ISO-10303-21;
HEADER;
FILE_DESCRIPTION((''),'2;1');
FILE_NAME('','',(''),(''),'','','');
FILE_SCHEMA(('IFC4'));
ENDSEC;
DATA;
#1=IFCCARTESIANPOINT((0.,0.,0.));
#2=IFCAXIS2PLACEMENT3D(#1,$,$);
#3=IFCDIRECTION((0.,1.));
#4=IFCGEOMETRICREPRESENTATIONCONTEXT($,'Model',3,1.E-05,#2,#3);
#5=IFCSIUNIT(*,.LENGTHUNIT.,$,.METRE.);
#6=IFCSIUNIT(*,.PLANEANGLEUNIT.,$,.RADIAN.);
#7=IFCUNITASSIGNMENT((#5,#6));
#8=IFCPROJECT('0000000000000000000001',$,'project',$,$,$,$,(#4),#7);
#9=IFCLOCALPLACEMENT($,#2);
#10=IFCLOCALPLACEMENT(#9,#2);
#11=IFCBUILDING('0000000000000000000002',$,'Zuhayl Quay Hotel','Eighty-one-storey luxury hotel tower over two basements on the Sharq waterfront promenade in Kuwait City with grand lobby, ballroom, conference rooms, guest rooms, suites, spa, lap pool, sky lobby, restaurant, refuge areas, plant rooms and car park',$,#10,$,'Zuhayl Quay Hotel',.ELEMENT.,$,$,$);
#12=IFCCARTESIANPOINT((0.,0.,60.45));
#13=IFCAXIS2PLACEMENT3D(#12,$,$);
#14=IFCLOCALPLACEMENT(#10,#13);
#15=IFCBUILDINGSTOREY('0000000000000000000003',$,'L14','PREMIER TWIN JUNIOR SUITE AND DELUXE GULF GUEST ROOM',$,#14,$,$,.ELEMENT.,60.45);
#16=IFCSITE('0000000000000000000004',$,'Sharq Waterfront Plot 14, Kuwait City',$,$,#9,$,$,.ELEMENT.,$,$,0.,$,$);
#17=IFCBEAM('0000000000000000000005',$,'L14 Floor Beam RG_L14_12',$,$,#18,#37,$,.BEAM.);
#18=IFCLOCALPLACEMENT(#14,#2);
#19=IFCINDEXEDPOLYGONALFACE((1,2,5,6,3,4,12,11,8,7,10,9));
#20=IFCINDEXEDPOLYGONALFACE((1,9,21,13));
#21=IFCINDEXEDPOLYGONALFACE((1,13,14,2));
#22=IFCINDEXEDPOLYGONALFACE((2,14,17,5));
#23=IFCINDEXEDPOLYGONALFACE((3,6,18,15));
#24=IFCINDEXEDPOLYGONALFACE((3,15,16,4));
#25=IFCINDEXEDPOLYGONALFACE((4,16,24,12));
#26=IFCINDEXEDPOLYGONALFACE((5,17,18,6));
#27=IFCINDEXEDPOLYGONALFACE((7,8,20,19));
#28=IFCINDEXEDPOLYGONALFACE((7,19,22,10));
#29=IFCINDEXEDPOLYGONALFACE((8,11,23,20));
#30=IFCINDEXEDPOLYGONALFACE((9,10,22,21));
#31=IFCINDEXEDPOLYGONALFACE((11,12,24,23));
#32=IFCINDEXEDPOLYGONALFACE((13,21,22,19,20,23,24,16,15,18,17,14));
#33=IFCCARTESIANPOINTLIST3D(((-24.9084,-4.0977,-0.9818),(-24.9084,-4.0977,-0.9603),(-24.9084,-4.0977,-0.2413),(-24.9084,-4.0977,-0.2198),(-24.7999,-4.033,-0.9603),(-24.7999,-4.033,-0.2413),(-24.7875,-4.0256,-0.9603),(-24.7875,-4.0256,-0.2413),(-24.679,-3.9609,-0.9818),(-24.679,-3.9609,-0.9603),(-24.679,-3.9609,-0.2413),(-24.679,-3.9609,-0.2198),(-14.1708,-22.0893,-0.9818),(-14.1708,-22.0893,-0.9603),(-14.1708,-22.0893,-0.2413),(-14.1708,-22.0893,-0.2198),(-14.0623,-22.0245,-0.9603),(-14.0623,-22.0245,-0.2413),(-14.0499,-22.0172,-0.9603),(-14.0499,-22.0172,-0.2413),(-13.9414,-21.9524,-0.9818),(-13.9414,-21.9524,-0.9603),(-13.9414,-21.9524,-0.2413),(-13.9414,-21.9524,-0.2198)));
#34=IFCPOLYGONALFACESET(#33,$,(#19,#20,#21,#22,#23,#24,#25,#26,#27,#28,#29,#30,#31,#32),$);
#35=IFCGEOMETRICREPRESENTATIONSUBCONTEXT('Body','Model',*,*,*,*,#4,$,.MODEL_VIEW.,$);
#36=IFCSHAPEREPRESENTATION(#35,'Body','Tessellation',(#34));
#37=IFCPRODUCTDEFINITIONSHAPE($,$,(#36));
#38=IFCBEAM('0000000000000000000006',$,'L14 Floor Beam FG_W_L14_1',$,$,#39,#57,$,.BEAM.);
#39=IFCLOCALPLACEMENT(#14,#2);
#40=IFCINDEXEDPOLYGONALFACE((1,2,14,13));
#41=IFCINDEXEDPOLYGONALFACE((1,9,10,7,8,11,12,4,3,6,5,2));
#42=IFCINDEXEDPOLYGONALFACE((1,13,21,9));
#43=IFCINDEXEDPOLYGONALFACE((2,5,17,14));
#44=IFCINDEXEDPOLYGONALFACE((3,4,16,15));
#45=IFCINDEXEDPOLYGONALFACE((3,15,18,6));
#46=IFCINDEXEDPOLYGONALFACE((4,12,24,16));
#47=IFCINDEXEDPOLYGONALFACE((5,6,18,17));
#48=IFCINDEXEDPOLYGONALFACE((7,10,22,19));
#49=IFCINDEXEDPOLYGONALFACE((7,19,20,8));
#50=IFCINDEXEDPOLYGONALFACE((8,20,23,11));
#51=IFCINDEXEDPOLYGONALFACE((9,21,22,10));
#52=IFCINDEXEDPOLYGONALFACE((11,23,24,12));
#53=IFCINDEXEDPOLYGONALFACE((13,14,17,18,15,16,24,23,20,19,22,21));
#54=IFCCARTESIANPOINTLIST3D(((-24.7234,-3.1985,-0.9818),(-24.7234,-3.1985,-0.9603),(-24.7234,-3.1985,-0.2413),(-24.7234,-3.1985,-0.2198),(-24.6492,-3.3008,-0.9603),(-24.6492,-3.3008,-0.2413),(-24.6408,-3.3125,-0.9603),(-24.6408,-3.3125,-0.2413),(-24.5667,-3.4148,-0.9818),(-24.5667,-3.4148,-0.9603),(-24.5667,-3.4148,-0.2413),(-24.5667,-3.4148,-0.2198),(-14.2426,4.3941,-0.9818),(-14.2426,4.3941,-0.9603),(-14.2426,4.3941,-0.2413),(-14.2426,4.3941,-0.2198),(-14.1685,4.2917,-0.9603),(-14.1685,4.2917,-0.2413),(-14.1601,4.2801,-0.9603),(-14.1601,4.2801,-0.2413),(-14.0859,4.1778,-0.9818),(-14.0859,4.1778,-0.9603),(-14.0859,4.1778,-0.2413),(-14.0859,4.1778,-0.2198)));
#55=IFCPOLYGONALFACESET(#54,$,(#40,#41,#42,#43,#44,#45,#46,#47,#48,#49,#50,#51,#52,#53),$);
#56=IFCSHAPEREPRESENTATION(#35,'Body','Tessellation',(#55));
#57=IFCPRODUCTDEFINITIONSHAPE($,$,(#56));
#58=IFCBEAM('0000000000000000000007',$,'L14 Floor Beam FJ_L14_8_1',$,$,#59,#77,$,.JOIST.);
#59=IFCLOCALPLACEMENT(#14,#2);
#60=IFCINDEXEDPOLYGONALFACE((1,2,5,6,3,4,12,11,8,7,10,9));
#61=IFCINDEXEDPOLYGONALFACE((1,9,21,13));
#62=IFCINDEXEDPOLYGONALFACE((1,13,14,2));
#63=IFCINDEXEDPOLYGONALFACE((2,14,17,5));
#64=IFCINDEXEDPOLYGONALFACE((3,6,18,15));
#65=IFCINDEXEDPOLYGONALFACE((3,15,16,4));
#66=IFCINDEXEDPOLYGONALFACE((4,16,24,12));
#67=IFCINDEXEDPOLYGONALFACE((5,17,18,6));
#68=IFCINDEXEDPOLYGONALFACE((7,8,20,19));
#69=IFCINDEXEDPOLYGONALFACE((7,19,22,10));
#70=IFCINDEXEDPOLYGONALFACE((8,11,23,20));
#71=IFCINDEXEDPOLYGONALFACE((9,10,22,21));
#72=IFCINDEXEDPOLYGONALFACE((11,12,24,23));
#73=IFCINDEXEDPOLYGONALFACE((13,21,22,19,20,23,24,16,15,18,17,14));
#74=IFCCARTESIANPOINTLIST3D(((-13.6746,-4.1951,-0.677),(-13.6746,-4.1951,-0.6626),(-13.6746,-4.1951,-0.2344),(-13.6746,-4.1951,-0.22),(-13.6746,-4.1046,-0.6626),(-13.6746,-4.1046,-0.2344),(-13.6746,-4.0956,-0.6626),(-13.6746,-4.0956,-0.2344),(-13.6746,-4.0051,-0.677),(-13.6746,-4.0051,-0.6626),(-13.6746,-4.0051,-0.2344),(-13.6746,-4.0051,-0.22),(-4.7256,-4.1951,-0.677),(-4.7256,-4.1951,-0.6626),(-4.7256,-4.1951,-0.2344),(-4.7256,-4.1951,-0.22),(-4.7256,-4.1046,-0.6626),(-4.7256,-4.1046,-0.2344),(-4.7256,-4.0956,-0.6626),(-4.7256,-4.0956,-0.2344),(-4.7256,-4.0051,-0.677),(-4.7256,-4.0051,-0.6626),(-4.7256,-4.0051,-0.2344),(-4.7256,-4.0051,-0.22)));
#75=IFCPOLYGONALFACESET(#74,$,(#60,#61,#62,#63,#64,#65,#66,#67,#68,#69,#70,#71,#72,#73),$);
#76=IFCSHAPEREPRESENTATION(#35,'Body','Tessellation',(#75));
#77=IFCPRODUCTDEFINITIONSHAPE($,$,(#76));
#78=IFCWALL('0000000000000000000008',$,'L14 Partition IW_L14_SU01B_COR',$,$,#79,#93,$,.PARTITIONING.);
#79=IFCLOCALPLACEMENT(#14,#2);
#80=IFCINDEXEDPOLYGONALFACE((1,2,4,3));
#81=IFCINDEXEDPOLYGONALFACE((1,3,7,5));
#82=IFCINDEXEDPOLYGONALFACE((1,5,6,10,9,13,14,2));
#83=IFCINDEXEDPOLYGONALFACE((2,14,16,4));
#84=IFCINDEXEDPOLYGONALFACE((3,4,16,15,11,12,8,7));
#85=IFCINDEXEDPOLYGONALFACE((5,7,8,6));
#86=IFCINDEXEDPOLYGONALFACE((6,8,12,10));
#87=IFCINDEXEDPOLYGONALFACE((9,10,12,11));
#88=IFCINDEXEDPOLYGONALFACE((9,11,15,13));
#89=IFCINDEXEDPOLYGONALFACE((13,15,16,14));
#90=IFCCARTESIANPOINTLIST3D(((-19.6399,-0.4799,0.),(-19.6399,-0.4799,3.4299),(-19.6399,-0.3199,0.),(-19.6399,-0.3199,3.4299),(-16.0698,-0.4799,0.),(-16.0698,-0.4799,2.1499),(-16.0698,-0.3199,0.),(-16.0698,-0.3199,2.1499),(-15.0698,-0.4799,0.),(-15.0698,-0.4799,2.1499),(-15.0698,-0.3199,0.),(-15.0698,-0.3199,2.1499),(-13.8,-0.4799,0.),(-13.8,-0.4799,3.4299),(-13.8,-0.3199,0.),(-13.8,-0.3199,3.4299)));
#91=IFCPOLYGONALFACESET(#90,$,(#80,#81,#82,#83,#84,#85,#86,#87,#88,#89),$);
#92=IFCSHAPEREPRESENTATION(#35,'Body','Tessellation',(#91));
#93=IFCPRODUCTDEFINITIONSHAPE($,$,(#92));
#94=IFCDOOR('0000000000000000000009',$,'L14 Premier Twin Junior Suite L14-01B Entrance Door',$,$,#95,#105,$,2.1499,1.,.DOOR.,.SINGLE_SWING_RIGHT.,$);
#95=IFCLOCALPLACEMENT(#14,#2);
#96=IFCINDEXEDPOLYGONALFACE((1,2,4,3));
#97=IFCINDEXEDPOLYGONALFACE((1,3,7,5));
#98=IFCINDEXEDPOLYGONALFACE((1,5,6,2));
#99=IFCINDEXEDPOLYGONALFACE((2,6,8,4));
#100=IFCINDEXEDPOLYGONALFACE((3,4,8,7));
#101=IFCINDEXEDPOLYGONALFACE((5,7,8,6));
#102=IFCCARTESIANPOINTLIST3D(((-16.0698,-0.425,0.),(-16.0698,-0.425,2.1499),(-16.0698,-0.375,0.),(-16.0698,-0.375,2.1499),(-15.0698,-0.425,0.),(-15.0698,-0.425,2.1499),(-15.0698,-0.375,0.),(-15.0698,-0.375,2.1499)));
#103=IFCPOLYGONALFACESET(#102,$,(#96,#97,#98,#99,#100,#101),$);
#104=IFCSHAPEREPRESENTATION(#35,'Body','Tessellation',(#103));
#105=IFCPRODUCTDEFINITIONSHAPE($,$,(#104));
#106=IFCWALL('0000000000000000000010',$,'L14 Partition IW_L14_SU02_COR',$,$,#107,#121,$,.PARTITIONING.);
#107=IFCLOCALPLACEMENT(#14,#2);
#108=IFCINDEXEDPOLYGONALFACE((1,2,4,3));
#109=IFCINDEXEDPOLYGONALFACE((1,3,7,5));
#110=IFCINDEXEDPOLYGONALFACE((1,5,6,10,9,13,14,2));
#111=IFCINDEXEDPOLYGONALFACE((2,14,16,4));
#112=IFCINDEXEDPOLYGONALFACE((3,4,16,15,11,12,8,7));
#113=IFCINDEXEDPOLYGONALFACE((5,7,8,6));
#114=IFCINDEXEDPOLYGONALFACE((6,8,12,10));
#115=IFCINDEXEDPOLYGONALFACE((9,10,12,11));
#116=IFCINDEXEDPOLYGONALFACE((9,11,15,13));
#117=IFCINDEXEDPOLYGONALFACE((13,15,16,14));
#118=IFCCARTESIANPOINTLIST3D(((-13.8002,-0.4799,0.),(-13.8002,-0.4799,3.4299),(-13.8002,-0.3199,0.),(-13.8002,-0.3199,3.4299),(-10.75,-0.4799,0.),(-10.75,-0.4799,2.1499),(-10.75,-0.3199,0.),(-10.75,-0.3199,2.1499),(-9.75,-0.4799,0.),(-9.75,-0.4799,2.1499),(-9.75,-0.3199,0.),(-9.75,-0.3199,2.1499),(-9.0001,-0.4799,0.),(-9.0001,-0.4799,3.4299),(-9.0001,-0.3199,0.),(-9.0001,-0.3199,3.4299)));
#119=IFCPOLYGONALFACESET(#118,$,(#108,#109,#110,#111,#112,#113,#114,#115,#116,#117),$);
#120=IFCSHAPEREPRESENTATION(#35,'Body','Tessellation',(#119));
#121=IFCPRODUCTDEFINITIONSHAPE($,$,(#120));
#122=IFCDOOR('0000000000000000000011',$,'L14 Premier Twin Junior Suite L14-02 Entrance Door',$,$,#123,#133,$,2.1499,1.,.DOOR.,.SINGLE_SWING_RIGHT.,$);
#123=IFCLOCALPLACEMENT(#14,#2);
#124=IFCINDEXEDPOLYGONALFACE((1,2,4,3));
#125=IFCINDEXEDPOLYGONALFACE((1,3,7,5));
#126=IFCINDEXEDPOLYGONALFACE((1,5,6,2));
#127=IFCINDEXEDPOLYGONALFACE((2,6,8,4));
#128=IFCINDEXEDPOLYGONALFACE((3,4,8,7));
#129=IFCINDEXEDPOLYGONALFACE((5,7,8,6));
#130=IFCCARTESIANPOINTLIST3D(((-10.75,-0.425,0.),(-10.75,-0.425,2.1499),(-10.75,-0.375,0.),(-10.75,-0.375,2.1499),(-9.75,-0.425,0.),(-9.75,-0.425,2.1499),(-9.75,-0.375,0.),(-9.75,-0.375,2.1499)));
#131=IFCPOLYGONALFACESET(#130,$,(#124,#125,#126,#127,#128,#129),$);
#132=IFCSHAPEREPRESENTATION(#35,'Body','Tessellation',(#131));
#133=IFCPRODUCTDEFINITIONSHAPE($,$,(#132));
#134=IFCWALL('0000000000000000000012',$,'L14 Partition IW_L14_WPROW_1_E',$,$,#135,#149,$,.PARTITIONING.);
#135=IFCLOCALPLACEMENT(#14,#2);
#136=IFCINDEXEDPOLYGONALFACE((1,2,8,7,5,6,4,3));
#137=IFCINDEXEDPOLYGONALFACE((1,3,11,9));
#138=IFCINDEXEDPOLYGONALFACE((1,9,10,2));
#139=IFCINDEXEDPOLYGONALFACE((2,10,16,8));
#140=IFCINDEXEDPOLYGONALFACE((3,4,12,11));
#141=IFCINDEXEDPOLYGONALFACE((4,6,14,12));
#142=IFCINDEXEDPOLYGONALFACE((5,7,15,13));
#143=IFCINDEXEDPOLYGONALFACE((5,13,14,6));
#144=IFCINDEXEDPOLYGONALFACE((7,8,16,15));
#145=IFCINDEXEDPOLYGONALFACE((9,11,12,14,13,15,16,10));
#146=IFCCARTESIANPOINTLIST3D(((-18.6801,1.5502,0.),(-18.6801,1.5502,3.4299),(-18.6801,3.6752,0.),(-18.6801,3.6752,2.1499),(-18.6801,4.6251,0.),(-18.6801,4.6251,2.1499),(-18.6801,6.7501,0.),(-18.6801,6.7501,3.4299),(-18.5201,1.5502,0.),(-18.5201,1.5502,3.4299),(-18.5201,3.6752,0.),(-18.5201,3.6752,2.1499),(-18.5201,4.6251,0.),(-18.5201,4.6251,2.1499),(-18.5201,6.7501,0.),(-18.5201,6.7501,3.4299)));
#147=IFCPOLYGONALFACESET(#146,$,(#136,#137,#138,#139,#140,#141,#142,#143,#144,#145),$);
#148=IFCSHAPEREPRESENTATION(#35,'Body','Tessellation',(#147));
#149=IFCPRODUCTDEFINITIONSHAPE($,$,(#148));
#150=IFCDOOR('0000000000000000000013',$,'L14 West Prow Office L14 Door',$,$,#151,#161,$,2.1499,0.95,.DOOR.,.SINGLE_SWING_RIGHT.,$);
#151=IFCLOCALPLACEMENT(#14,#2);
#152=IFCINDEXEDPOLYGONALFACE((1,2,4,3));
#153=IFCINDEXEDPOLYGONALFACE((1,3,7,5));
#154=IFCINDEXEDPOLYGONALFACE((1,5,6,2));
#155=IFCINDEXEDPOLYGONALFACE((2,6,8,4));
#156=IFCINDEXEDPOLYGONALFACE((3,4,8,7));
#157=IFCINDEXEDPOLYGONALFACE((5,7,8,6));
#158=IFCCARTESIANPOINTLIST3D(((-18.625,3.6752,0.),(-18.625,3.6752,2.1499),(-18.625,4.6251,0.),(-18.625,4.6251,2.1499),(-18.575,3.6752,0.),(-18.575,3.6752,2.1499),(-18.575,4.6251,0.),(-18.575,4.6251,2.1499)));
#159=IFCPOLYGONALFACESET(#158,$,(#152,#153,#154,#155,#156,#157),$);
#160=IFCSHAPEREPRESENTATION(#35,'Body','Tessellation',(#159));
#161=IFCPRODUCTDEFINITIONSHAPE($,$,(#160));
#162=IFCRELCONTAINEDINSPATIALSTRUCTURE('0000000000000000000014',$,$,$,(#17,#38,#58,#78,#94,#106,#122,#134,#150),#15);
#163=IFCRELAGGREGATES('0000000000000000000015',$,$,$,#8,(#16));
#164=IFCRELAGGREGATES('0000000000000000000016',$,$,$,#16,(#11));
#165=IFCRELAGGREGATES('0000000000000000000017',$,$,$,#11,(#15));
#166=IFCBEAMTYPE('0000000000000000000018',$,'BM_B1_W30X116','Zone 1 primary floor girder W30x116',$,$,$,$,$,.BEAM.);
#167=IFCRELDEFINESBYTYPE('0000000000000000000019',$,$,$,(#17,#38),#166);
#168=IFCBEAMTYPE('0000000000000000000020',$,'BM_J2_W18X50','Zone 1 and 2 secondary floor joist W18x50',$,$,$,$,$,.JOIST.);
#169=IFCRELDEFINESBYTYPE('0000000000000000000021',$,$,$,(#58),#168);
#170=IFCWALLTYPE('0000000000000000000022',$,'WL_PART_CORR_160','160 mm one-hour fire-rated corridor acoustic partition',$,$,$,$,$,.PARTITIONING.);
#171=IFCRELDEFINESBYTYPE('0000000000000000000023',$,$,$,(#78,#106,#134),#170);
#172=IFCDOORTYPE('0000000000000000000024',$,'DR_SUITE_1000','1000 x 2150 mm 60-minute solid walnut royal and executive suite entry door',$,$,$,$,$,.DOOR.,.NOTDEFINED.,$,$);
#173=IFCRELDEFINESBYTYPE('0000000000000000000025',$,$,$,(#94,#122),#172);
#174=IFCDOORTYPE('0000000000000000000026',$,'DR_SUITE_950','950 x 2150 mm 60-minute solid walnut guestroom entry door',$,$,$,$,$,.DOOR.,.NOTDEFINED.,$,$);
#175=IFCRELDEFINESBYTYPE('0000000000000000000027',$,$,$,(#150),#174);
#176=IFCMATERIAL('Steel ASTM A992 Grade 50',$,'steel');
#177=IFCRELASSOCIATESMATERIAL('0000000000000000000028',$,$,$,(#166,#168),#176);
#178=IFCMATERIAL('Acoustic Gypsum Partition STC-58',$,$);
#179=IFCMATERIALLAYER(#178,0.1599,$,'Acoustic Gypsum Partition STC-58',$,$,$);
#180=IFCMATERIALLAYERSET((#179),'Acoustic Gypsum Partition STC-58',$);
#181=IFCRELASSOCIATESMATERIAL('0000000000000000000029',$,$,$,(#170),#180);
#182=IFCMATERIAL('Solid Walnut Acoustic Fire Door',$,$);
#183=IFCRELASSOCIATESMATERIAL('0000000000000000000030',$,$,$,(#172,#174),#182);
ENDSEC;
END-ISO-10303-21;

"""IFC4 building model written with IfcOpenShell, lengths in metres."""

from ifc_helpers import new_model, si_unit, direction, frame, frame_2d, origin, origin_2d, place, context, subcontext, project, spatial, rectangle, i_section, extrude, material, layer, layer_set, material_profile, profile_set, type_object, element, fill, save


model = new_model("IFC4")

# Units and contexts
model_context = context("Model", 3, precision=1e-05, world=origin(), true_north=direction((0.0, 1.0)))
body_context = subcontext(model_context, "Body", "Model", "MODEL_VIEW")
ifc_project = project(units=[si_unit("LENGTHUNIT", "METRE"), si_unit("PLANEANGLEUNIT", "RADIAN")], contexts=[model_context])

# Site, building, storey
site_placement = place(None, origin())
site = spatial("IfcSite", under=ifc_project, at=site_placement, Name="Sharq Waterfront Plot 14, Kuwait City", CompositionType="ELEMENT", RefElevation=0.0)
building_placement = place(site_placement, origin())
building = spatial("IfcBuilding", under=site, at=building_placement, Name="Zuhayl Quay Hotel", Description="Eighty-one-storey luxury hotel tower over two basements on the Sharq waterfront promenade in Kuwait City with grand lobby, ballroom, conference rooms, guest rooms, suites, spa, lap pool, sky lobby, restaurant, refuge areas, plant rooms and car park", LongName="Zuhayl Quay Hotel", CompositionType="ELEMENT")
storey_placement = place(building_placement, frame((0.0, 0.0, 60.45)))
storey = spatial("IfcBuildingStorey", under=building, at=storey_placement, Name="L14", Description="PREMIER TWIN JUNIOR SUITE AND DELUXE GULF GUEST ROOM", CompositionType="ELEMENT", Elevation=60.45)

# Beams
ifc_material_1 = material(Name="Steel ASTM A992 Grade 50", Category="steel")
ifc_material_profile_1 = material_profile(ifc_material_1, i_section(OverallWidth=0.2671, OverallDepth=0.762, WebThickness=0.0144, FlangeThickness=0.0215, at=origin_2d()), Name="W30X116")
ifc_profile_set_1 = profile_set([ifc_material_profile_1], Name="Steel ASTM A992 Grade 50")
beam_type_1 = type_object("IfcBeamType", Name="BM_B1_W30X116", Description="Zone 1 primary floor girder W30x116", PredefinedType="BEAM", material=ifc_profile_set_1)
beam_1_placement = place(storey_placement, frame((-24.7937, -4.0293, -0.6008), z_axis=(0.512483, -0.858698, 0.0), x_axis=(0.858698, 0.512483, 0.0)))
element("IfcBeam", 1, at=beam_1_placement, inside=storey, type_object=beam_type_1, Name="L14 Floor Beam RG_L14_12", PredefinedType="BEAM", context=body_context, shape_type="SweptSolid", body=[
    extrude(i_section(OverallWidth=0.2671, OverallDepth=0.762, WebThickness=0.0144, FlangeThickness=0.0215, at=origin_2d()), origin(), (0.0, 0.0, 1.0), 20.9521),
])
beam_2_placement = place(storey_placement, frame((-24.645, -3.3066, -0.6008), z_axis=(0.80983, 0.586664, 0.0), x_axis=(-0.586664, 0.80983, 0.0)))
element("IfcBeam", 2, at=beam_2_placement, inside=storey, type_object=beam_type_1, Name="L14 Floor Beam FG_W_L14_1", PredefinedType="BEAM", context=body_context, shape_type="SweptSolid", body=[
    extrude(i_section(OverallWidth=0.2671, OverallDepth=0.762, WebThickness=0.0144, FlangeThickness=0.0215, at=origin_2d()), origin(), (0.0, 0.0, 1.0), 12.9419),
])
ifc_material_profile_2 = material_profile(ifc_material_1, i_section(OverallWidth=0.1899, OverallDepth=0.457, WebThickness=0.009, FlangeThickness=0.0144, at=origin_2d()), Name="W18X50")
ifc_profile_set_2 = profile_set([ifc_material_profile_2], Name="Steel ASTM A992 Grade 50")
beam_type_2 = type_object("IfcBeamType", Name="BM_J2_W18X50", Description="Zone 1 and 2 secondary floor joist W18x50", PredefinedType="JOIST", material=ifc_profile_set_2)
beam_3_placement = place(storey_placement, frame((-13.6746, -4.1001, -0.4485), z_axis=(1.0, 0.0, 0.0), x_axis=(0.0, 1.0, 0.0)))
element("IfcBeam", 3, at=beam_3_placement, inside=storey, type_object=beam_type_2, Name="L14 Floor Beam FJ_L14_8_1", PredefinedType="JOIST", context=body_context, shape_type="SweptSolid", body=[
    extrude(i_section(OverallWidth=0.1899, OverallDepth=0.457, WebThickness=0.009, FlangeThickness=0.0144, at=origin_2d()), origin(), (0.0, 0.0, 1.0), 8.949),
])

# Walls, openings, doors
ifc_material_2 = material(Name="Acoustic Gypsum Partition STC-58")
ifc_layer_1 = layer(ifc_material_2, 0.1599, Name="Acoustic Gypsum Partition STC-58")
ifc_layer_set_1 = layer_set([ifc_layer_1], Name="Acoustic Gypsum Partition STC-58")
wall_type_1 = type_object("IfcWallType", Name="WL_PART_CORR_160", Description="160 mm one-hour fire-rated corridor acoustic partition", PredefinedType="PARTITIONING", material=ifc_layer_set_1)
wall_1_placement = place(storey_placement, frame((-19.6399, -0.3999, 0.0), z_axis=(0.0, 0.0, 1.0), x_axis=(1.0, 0.0, 0.0)))
wall_1 = element("IfcWall", 4, at=wall_1_placement, inside=storey, type_object=wall_type_1, Name="L14 Partition IW_L14_SU01B_COR", PredefinedType="PARTITIONING", context=body_context, shape_type="SweptSolid", body=[
    extrude(rectangle(XDim=5.8398, YDim=0.1599, at=frame_2d((2.9199, 0.0))), origin(), (0.0, 0.0, 1.0), 3.4299),
])
opening_1_placement = place(wall_1_placement, frame((3.5701, 0.0, 0.0)))
opening_1 = element("IfcOpeningElement", 5, at=opening_1_placement, cuts=wall_1, PredefinedType="OPENING", context=body_context, shape_type="SweptSolid", body=[
    extrude(rectangle(XDim=1.0, YDim=2.1499, at=frame_2d((0.5, 1.075))), frame((0.0, 0.0898, 0.0), z_axis=(0.0, -1.0, 0.0), x_axis=(1.0, 0.0, 0.0)), (0.0, 0.0, 1.0), 0.1799),
])
ifc_material_3 = material(Name="Solid Walnut Acoustic Fire Door")
door_type_1 = type_object("IfcDoorType", Name="DR_SUITE_1000", Description="1000 x 2150 mm 60-minute solid walnut royal and executive suite entry door", OperationType="NOTDEFINED", PredefinedType="DOOR", material=ifc_material_3)
door_1_placement = place(opening_1_placement, origin())
door_1 = element("IfcDoor", 6, at=door_1_placement, inside=storey, type_object=door_type_1, Name="L14 Premier Twin Junior Suite L14-01B Entrance Door", OperationType="SINGLE_SWING_RIGHT", OverallHeight=2.1499, OverallWidth=1.0, PredefinedType="DOOR", context=body_context, shape_type="SweptSolid", body=[
    extrude(rectangle(XDim=1.0, YDim=2.1499, at=frame_2d((0.5, 1.075))), frame((0.0, 0.0249, 0.0), z_axis=(0.0, -1.0, 0.0), x_axis=(1.0, 0.0, 0.0)), (0.0, 0.0, 1.0), 0.05),
])
fill(opening_1, door_1)
wall_2_placement = place(storey_placement, frame((-13.8, -0.3999, 0.0), z_axis=(0.0, 0.0, 1.0), x_axis=(1.0, 0.0, 0.0)))
wall_2 = element("IfcWall", 7, at=wall_2_placement, inside=storey, type_object=wall_type_1, Name="L14 Partition IW_L14_SU02_COR", PredefinedType="PARTITIONING", context=body_context, shape_type="SweptSolid", body=[
    extrude(rectangle(XDim=4.8, YDim=0.1599, at=frame_2d((2.3999, 0.0))), origin(), (0.0, 0.0, 1.0), 3.4299),
])
opening_2_placement = place(wall_2_placement, frame((3.05, 0.0, 0.0)))
opening_2 = element("IfcOpeningElement", 8, at=opening_2_placement, cuts=wall_2, PredefinedType="OPENING", context=body_context, shape_type="SweptSolid", body=[
    extrude(rectangle(XDim=1.0, YDim=2.1499, at=frame_2d((0.5, 1.075))), frame((0.0, 0.0898, 0.0), z_axis=(0.0, -1.0, 0.0), x_axis=(1.0, 0.0, 0.0)), (0.0, 0.0, 1.0), 0.1799),
])
door_2_placement = place(opening_2_placement, origin())
door_2 = element("IfcDoor", 9, at=door_2_placement, inside=storey, type_object=door_type_1, Name="L14 Premier Twin Junior Suite L14-02 Entrance Door", OperationType="SINGLE_SWING_RIGHT", OverallHeight=2.1499, OverallWidth=1.0, PredefinedType="DOOR", context=body_context, shape_type="SweptSolid", body=[
    extrude(rectangle(XDim=1.0, YDim=2.1499, at=frame_2d((0.5, 1.075))), frame((0.0, 0.0249, 0.0), z_axis=(0.0, -1.0, 0.0), x_axis=(1.0, 0.0, 0.0)), (0.0, 0.0, 1.0), 0.05),
])
fill(opening_2, door_2)
wall_3_placement = place(storey_placement, frame((-18.6001, 1.55, 0.0), z_axis=(0.0, 0.0, 1.0), x_axis=(0.0, 1.0, 0.0)))
wall_3 = element("IfcWall", 10, at=wall_3_placement, inside=storey, type_object=wall_type_1, Name="L14 Partition IW_L14_WPROW_1_E", PredefinedType="PARTITIONING", context=body_context, shape_type="SweptSolid", body=[
    extrude(rectangle(XDim=5.2, YDim=0.1599, at=frame_2d((2.6001, 0.0))), origin(), (0.0, 0.0, 1.0), 3.4299),
])
opening_3_placement = place(wall_3_placement, frame((2.125, 0.0, 0.0)))
opening_3 = element("IfcOpeningElement", 11, at=opening_3_placement, cuts=wall_3, PredefinedType="OPENING", context=body_context, shape_type="SweptSolid", body=[
    extrude(rectangle(XDim=0.95, YDim=2.1499, at=frame_2d((0.4751, 1.075))), frame((0.0, 0.0898, 0.0), z_axis=(0.0, -1.0, 0.0), x_axis=(1.0, 0.0, 0.0)), (0.0, 0.0, 1.0), 0.1799),
])
door_type_2 = type_object("IfcDoorType", Name="DR_SUITE_950", Description="950 x 2150 mm 60-minute solid walnut guestroom entry door", OperationType="NOTDEFINED", PredefinedType="DOOR", material=ifc_material_3)
door_3_placement = place(opening_3_placement, origin())
door_3 = element("IfcDoor", 12, at=door_3_placement, inside=storey, type_object=door_type_2, Name="L14 West Prow Office L14 Door", OperationType="SINGLE_SWING_RIGHT", OverallHeight=2.1499, OverallWidth=0.95, PredefinedType="DOOR", context=body_context, shape_type="SweptSolid", body=[
    extrude(rectangle(XDim=0.95, YDim=2.1499, at=frame_2d((0.4751, 1.075))), frame((0.0, 0.0249, 0.0), z_axis=(0.0, -1.0, 0.0), x_axis=(1.0, 0.0, 0.0)), (0.0, 0.0, 1.0), 0.05),
])
fill(opening_3, door_3)

save(model, "model.ifc")
